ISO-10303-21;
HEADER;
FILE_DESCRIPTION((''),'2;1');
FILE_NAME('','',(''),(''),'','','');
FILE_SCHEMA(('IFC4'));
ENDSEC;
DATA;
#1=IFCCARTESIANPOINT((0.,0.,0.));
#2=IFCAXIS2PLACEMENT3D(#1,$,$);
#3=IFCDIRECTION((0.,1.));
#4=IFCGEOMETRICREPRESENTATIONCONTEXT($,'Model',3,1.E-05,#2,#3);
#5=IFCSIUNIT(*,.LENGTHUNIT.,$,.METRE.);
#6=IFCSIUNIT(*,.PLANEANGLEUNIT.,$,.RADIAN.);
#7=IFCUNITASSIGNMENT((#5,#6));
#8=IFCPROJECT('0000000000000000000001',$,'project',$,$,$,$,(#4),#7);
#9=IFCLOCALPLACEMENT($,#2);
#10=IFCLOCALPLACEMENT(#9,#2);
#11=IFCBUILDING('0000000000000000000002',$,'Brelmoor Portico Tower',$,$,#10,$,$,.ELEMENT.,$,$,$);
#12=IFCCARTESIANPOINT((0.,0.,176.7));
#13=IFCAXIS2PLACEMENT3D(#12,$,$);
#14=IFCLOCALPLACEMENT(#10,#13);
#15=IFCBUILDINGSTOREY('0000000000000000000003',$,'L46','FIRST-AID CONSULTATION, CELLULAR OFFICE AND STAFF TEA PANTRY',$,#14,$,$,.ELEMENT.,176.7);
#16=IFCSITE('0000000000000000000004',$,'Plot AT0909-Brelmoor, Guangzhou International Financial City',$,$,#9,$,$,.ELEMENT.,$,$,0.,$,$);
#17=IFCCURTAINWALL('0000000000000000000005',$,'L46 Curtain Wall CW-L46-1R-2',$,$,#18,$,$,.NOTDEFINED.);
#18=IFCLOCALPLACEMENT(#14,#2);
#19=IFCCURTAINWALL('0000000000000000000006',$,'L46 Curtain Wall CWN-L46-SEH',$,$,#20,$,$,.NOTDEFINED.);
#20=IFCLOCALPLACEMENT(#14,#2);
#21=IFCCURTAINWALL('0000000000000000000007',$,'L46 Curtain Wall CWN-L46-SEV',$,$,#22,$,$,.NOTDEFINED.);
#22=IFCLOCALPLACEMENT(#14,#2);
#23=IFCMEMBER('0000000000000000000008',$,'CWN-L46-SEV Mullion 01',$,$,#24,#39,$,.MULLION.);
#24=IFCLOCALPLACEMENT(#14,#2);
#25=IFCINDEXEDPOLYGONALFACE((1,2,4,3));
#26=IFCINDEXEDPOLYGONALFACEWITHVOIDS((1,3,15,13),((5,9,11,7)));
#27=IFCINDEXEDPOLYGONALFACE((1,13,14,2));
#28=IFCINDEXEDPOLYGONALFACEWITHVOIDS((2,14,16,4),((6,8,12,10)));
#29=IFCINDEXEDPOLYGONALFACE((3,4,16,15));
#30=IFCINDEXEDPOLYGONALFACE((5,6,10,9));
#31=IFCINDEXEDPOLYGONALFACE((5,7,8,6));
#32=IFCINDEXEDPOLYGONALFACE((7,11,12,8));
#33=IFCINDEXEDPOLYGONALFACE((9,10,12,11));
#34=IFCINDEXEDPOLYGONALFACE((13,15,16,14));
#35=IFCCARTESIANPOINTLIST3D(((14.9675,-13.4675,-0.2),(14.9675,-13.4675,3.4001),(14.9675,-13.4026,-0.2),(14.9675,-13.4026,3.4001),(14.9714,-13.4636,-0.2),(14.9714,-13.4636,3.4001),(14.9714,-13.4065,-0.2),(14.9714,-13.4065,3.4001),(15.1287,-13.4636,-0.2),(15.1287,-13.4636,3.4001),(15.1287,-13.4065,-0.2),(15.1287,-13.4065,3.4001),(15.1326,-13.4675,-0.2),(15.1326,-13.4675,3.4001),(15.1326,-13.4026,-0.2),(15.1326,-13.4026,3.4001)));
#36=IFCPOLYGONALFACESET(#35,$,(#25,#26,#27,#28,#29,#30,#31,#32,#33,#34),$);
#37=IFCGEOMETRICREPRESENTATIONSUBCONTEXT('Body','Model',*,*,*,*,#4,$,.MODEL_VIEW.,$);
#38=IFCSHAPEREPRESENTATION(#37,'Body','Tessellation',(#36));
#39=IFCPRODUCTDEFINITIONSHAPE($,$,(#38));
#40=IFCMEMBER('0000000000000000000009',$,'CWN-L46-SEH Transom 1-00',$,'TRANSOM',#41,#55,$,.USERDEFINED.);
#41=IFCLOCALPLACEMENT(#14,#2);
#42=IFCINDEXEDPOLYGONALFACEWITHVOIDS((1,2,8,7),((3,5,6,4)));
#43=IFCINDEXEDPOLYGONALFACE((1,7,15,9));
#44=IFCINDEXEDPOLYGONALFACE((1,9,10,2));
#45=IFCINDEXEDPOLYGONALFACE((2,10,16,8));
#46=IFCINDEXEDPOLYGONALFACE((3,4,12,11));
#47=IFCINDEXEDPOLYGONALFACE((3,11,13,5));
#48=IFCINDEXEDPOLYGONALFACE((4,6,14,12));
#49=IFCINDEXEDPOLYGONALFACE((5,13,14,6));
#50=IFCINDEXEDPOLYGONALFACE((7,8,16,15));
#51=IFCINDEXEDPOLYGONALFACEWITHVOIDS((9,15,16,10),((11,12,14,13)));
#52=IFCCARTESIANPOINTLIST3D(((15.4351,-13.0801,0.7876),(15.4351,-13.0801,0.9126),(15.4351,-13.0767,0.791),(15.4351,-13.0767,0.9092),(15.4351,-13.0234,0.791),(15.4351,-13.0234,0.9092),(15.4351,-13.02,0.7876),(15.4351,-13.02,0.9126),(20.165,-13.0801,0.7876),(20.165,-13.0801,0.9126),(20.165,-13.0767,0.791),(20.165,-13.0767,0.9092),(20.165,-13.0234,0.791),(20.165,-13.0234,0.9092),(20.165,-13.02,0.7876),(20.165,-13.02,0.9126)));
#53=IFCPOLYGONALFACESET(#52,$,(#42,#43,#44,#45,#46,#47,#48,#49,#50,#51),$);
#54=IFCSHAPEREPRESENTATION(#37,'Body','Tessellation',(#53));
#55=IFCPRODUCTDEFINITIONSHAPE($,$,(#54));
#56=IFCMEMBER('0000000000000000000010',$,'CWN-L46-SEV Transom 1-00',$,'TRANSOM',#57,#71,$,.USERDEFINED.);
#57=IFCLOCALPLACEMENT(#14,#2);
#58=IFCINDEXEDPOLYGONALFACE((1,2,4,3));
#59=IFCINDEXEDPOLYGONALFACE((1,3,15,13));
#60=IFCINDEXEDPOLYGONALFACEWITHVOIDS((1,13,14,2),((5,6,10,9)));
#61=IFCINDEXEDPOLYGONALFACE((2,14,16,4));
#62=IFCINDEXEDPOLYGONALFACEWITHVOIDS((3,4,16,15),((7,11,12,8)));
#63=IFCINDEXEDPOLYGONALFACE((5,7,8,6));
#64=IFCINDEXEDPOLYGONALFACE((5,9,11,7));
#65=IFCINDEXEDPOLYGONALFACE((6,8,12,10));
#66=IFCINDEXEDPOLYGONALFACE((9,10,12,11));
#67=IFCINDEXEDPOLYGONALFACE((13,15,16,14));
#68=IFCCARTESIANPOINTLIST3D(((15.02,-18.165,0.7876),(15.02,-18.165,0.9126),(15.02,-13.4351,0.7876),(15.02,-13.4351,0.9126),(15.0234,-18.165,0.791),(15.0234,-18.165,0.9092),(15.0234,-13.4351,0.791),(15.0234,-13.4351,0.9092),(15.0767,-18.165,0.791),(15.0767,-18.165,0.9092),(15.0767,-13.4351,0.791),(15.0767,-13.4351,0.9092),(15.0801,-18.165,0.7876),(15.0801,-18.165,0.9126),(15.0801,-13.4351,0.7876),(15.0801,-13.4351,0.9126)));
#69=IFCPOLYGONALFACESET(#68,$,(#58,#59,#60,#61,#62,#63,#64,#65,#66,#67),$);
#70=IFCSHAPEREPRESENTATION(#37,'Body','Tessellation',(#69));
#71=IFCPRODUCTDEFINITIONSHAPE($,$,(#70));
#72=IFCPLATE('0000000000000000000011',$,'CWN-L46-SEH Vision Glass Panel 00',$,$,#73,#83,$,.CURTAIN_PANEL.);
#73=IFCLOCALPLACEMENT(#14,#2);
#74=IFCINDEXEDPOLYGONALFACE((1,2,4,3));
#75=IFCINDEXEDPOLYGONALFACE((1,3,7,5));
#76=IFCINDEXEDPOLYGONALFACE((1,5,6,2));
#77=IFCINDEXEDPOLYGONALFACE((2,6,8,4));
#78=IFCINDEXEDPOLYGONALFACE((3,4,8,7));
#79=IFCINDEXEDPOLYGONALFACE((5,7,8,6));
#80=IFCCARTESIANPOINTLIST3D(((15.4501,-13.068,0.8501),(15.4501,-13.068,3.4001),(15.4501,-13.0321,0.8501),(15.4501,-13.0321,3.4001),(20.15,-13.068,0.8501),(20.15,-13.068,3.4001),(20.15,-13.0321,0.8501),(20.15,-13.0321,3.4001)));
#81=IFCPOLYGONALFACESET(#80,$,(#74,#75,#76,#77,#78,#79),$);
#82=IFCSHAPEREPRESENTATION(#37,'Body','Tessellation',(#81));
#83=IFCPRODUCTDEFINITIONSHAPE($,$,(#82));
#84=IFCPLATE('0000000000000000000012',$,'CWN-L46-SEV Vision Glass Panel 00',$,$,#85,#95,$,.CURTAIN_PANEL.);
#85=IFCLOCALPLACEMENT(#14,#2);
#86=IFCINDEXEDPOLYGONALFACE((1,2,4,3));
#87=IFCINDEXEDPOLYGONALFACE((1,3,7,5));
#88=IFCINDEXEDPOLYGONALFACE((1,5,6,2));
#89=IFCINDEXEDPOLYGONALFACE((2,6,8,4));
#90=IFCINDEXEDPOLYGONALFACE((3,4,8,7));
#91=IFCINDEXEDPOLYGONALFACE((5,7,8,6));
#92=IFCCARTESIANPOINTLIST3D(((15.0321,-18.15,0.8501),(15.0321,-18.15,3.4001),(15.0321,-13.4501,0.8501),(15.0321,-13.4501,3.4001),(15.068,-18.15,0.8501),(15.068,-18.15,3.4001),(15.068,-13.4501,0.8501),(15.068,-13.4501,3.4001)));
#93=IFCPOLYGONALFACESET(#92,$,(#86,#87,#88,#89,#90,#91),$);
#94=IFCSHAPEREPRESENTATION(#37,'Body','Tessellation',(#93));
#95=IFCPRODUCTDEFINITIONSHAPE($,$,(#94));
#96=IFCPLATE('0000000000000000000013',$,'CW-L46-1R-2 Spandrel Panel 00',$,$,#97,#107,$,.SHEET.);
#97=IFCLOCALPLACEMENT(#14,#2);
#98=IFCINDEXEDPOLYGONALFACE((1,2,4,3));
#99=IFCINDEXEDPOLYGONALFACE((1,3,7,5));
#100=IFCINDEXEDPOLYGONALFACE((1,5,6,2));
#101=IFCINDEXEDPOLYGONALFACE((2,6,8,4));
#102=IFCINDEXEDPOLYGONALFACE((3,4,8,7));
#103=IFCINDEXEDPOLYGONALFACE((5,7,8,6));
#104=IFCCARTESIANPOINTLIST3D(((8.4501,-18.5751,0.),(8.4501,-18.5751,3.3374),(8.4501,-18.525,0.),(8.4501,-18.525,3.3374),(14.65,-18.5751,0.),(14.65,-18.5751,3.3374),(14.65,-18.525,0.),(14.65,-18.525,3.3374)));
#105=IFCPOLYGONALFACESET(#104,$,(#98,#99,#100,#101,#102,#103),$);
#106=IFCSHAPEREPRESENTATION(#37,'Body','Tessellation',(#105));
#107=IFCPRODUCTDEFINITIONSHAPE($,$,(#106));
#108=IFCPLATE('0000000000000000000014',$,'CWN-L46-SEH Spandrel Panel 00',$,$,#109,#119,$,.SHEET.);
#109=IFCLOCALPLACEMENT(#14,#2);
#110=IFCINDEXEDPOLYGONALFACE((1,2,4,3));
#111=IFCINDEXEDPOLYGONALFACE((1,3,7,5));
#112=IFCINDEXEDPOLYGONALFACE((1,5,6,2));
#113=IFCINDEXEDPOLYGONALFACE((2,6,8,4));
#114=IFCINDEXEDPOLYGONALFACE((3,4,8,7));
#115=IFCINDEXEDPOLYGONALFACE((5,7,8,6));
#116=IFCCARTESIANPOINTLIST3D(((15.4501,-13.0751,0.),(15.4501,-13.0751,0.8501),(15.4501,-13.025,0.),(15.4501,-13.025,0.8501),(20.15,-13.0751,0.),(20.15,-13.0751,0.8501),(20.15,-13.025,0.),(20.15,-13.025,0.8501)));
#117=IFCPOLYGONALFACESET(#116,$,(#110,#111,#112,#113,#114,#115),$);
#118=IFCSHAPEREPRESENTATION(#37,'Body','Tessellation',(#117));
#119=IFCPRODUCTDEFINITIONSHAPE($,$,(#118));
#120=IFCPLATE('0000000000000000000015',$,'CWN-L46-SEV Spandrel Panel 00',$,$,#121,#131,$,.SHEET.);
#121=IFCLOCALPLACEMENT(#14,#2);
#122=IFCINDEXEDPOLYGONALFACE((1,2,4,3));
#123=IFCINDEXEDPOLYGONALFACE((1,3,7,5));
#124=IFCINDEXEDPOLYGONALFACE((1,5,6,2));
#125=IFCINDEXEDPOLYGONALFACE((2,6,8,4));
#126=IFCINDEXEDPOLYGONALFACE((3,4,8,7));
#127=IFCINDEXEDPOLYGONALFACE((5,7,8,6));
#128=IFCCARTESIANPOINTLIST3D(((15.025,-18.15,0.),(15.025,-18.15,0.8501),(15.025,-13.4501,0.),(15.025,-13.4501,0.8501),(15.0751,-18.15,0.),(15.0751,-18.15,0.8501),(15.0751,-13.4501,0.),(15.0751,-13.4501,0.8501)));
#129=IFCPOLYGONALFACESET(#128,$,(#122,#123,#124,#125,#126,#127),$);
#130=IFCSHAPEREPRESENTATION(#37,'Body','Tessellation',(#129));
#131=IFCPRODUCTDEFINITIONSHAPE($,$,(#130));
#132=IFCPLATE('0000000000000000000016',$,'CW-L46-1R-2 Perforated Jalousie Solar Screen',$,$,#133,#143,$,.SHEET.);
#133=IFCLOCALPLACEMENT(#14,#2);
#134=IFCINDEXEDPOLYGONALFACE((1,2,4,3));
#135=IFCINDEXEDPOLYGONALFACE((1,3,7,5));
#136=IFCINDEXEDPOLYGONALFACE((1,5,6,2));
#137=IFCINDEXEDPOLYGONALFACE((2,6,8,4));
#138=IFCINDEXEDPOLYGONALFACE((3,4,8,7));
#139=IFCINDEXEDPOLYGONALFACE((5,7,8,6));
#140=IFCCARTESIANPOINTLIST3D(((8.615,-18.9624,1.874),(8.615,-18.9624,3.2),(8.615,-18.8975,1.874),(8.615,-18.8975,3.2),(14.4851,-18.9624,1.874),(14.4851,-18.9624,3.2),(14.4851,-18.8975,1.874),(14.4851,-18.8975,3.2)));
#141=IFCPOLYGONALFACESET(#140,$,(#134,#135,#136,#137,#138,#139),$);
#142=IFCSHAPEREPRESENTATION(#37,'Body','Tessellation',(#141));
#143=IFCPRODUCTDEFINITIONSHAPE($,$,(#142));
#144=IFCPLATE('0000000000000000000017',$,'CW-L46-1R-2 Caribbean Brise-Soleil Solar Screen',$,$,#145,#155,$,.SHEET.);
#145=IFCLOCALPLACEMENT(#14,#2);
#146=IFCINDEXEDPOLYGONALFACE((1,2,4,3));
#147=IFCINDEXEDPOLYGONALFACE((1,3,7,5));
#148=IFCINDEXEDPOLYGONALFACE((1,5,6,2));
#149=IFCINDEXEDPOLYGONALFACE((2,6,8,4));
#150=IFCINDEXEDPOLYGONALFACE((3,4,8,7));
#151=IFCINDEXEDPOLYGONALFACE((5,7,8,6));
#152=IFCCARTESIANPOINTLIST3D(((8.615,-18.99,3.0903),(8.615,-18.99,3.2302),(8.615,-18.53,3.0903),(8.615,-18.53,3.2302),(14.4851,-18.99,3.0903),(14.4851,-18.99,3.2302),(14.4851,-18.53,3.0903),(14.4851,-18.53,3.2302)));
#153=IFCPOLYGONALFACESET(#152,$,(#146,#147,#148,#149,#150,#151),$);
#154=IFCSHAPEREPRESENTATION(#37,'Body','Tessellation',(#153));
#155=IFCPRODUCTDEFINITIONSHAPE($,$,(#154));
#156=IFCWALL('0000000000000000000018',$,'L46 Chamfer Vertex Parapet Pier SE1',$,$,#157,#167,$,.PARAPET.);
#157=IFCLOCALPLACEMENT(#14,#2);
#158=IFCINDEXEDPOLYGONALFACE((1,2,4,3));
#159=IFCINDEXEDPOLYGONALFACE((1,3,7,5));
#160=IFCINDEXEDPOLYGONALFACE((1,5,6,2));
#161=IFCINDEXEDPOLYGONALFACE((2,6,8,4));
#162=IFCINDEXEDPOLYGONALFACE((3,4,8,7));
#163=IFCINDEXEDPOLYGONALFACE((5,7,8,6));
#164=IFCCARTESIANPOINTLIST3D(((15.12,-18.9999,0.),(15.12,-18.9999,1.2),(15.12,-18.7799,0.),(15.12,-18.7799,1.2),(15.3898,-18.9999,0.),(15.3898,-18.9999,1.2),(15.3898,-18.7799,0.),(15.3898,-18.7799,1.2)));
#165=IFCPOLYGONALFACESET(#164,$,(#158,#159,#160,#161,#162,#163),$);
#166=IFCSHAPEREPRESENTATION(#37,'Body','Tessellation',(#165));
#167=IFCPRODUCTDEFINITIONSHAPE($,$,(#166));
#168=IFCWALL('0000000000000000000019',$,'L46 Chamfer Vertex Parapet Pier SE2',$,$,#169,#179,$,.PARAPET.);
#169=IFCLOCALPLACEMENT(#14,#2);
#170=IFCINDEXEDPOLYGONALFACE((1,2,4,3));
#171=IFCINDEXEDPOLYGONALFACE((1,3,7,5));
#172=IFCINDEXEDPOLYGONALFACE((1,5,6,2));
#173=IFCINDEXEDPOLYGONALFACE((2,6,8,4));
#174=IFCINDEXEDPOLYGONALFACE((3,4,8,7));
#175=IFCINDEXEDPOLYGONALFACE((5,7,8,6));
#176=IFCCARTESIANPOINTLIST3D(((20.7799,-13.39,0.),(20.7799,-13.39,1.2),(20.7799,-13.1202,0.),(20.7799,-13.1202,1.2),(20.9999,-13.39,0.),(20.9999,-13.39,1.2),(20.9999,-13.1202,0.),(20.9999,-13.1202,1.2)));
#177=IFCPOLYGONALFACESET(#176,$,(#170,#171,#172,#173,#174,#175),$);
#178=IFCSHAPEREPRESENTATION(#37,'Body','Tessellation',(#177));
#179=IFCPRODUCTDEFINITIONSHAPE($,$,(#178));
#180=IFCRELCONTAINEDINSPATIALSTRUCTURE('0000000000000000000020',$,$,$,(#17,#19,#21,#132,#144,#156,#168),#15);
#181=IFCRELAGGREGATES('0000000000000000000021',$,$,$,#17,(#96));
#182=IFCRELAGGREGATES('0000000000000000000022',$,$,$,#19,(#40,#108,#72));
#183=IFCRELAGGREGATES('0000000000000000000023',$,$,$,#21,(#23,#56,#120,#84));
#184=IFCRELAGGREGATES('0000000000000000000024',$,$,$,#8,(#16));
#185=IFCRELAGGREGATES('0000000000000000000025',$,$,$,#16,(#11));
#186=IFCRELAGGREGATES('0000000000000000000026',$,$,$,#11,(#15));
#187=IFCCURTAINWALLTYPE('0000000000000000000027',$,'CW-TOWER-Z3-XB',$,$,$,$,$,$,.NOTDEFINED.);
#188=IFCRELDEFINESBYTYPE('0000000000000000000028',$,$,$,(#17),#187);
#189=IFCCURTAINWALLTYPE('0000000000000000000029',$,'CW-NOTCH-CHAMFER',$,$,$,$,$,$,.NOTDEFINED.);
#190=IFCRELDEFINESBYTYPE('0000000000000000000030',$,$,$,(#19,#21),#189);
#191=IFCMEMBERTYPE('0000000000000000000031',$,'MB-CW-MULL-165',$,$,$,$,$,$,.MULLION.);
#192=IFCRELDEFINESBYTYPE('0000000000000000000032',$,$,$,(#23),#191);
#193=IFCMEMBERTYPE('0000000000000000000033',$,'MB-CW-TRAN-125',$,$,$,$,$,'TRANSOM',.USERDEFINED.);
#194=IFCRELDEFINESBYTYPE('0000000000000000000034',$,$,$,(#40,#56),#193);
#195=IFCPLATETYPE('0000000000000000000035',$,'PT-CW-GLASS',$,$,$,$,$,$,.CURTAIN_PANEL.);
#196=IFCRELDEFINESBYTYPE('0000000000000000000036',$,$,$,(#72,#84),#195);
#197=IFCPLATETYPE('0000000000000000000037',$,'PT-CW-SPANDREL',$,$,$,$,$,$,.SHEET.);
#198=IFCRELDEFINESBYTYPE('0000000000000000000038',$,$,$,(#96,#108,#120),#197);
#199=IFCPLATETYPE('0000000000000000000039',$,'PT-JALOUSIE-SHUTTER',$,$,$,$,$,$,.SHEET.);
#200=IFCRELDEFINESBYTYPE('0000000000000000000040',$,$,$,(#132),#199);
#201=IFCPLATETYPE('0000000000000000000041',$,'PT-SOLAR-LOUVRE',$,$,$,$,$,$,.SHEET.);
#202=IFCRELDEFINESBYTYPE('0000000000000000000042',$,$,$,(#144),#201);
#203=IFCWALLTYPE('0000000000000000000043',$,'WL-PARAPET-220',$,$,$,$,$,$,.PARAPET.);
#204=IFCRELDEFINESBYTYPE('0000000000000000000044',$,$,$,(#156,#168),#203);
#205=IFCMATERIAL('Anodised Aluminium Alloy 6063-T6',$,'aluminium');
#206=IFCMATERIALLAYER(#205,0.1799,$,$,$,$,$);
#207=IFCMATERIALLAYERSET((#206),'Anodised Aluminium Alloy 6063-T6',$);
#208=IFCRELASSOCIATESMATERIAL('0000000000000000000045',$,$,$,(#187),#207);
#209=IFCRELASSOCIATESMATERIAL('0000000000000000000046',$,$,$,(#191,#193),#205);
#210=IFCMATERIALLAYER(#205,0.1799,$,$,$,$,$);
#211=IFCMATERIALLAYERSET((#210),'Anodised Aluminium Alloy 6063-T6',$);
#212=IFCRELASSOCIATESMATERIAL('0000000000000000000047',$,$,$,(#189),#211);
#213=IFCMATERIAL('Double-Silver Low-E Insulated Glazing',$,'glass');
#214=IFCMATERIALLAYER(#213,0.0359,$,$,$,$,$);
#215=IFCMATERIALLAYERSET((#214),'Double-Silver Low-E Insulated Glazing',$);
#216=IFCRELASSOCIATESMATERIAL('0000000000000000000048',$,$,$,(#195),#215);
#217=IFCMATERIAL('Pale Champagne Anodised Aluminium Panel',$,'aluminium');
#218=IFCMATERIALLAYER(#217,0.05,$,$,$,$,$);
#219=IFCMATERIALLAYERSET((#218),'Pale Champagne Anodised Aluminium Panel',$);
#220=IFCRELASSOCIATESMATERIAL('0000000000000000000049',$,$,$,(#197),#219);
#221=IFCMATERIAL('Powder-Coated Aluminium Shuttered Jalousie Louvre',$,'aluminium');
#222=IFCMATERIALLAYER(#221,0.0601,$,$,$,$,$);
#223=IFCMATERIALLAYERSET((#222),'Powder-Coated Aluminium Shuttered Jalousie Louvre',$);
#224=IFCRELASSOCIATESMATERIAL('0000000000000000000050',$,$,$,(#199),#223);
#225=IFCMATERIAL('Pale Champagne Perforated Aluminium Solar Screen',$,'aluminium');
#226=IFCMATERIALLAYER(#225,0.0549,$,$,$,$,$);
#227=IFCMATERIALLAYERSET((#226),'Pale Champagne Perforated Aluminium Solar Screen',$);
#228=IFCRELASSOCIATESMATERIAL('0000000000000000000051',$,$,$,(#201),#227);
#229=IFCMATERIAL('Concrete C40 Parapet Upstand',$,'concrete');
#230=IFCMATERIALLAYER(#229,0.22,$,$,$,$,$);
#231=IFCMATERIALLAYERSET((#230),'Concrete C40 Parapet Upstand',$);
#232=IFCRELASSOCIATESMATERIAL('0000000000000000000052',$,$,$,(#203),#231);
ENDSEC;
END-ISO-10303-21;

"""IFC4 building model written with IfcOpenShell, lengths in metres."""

from ifc_helpers import new_model, si_unit, direction, frame, frame_2d, origin, origin_2d, place, context, subcontext, project, spatial, rectangle, hollow_rectangle, extrude, material, layer, layer_set, material_profile, profile_set, type_object, element, aggregate, save


model = new_model("IFC4")

# Units and contexts
model_context = context("Model", 3, precision=1e-05, world=origin(), true_north=direction((0.0, 1.0)))
body_context = subcontext(model_context, "Body", "Model", "MODEL_VIEW")
ifc_project = project(units=[si_unit("LENGTHUNIT", "METRE"), si_unit("PLANEANGLEUNIT", "RADIAN")], contexts=[model_context])

# Site, building, storey
site_placement = place(None, origin())
site = spatial("IfcSite", under=ifc_project, at=site_placement, Name="Plot AT0909-Brelmoor, Guangzhou International Financial City", CompositionType="ELEMENT", RefElevation=0.0)
building_placement = place(site_placement, origin())
building = spatial("IfcBuilding", under=site, at=building_placement, Name="Brelmoor Portico Tower", CompositionType="ELEMENT")
storey_placement = place(building_placement, frame((0.0, 0.0, 176.7)))
storey = spatial("IfcBuildingStorey", under=building, at=storey_placement, Name="L46", Description="FIRST-AID CONSULTATION, CELLULAR OFFICE AND STAFF TEA PANTRY", CompositionType="ELEMENT", Elevation=176.7)

# Curtain wall
ifc_material_1 = material(Name="Anodised Aluminium Alloy 6063-T6", Category="aluminium")
ifc_layer_1 = layer(ifc_material_1, 0.1799)
ifc_layer_set_1 = layer_set([ifc_layer_1], Name="Anodised Aluminium Alloy 6063-T6")
curtain_wall_type_1 = type_object("IfcCurtainWallType", Name="CW-TOWER-Z3-XB", PredefinedType="NOTDEFINED", material=ifc_layer_set_1)
curtain_wall_1_placement = place(storey_placement, origin())
curtain_wall_1 = element("IfcCurtainWall", 1, at=curtain_wall_1_placement, inside=storey, type_object=curtain_wall_type_1, Name="L46 Curtain Wall CW-L46-1R-2", PredefinedType="NOTDEFINED")
ifc_material_profile_1 = material_profile(ifc_material_1, hollow_rectangle(XDim=0.0649, YDim=0.165, WallThickness=0.0039, at=origin_2d()), Name="ALU MULLION 65x165")
ifc_profile_set_1 = profile_set([ifc_material_profile_1], Name="Anodised Aluminium Alloy 6063-T6")
member_type_1 = type_object("IfcMemberType", Name="MB-CW-MULL-165", PredefinedType="MULLION", material=ifc_profile_set_1)

# Curtain walls, member
ifc_layer_2 = layer(ifc_material_1, 0.1799)
ifc_layer_set_2 = layer_set([ifc_layer_2], Name="Anodised Aluminium Alloy 6063-T6")
curtain_wall_type_2 = type_object("IfcCurtainWallType", Name="CW-NOTCH-CHAMFER", PredefinedType="NOTDEFINED", material=ifc_layer_set_2)
curtain_wall_2_placement = place(storey_placement, origin())
curtain_wall_2 = element("IfcCurtainWall", 2, at=curtain_wall_2_placement, inside=storey, type_object=curtain_wall_type_2, Name="L46 Curtain Wall CWN-L46-SEH", PredefinedType="NOTDEFINED")
curtain_wall_3_placement = place(storey_placement, origin())
curtain_wall_3 = element("IfcCurtainWall", 3, at=curtain_wall_3_placement, inside=storey, type_object=curtain_wall_type_2, Name="L46 Curtain Wall CWN-L46-SEV", PredefinedType="NOTDEFINED")
member_1_placement = place(storey_placement, frame((15.05, -13.4351, -0.2), z_axis=(0.0, 0.0, 1.0), x_axis=(0.0, 1.0, 0.0)))
member_1 = element("IfcMember", 4, at=member_1_placement, type_object=member_type_1, Name="CWN-L46-SEV Mullion 01", PredefinedType="MULLION", context=body_context, shape_type="SweptSolid", body=[
    extrude(hollow_rectangle(XDim=0.0649, YDim=0.165, WallThickness=0.0039, at=origin_2d()), origin(), (0.0, 0.0, 1.0), 3.6001),
])

# Members
ifc_material_profile_2 = material_profile(ifc_material_1, hollow_rectangle(XDim=0.0601, YDim=0.125, WallThickness=0.0034, at=origin_2d()), Name="ALU TRANSOM 60x125")
ifc_profile_set_2 = profile_set([ifc_material_profile_2], Name="Anodised Aluminium Alloy 6063-T6")
member_type_2 = type_object("IfcMemberType", Name="MB-CW-TRAN-125", ElementType="TRANSOM", PredefinedType="USERDEFINED", material=ifc_profile_set_2)
member_2_placement = place(storey_placement, frame((15.4351, -13.05, 0.8501), z_axis=(1.0, 0.0, 0.0), x_axis=(0.0, 1.0, 0.0)))
member_2 = element("IfcMember", 5, at=member_2_placement, type_object=member_type_2, Name="CWN-L46-SEH Transom 1-00", ObjectType="TRANSOM", PredefinedType="USERDEFINED", context=body_context, shape_type="SweptSolid", body=[
    extrude(hollow_rectangle(XDim=0.0601, YDim=0.125, WallThickness=0.0034, at=origin_2d()), origin(), (0.0, 0.0, 1.0), 4.73),
])
member_3_placement = place(storey_placement, frame((15.05, -18.165, 0.8501), z_axis=(0.0, 1.0, 0.0), x_axis=(-1.0, 0.0, 0.0)))
member_3 = element("IfcMember", 6, at=member_3_placement, type_object=member_type_2, Name="CWN-L46-SEV Transom 1-00", ObjectType="TRANSOM", PredefinedType="USERDEFINED", context=body_context, shape_type="SweptSolid", body=[
    extrude(hollow_rectangle(XDim=0.0601, YDim=0.125, WallThickness=0.0034, at=origin_2d()), origin(), (0.0, 0.0, 1.0), 4.73),
])

# Plates
ifc_material_2 = material(Name="Double-Silver Low-E Insulated Glazing", Category="glass")
ifc_layer_3 = layer(ifc_material_2, 0.0359)
ifc_layer_set_3 = layer_set([ifc_layer_3], Name="Double-Silver Low-E Insulated Glazing")
plate_type_1 = type_object("IfcPlateType", Name="PT-CW-GLASS", PredefinedType="CURTAIN_PANEL", material=ifc_layer_set_3)
plate_1_placement = place(storey_placement, frame((17.8, -13.05, 0.8501), z_axis=(0.0, 0.0, 1.0), x_axis=(1.0, 0.0, 0.0)))
plate_1 = element("IfcPlate", 7, at=plate_1_placement, type_object=plate_type_1, Name="CWN-L46-SEH Vision Glass Panel 00", PredefinedType="CURTAIN_PANEL", context=body_context, shape_type="SweptSolid", body=[
    extrude(rectangle(XDim=4.7, YDim=0.0359, at=origin_2d()), origin(), (0.0, 0.0, 1.0), 2.55),
])
plate_2_placement = place(storey_placement, frame((15.05, -15.8, 0.8501), z_axis=(0.0, 0.0, 1.0), x_axis=(0.0, 1.0, 0.0)))
plate_2 = element("IfcPlate", 8, at=plate_2_placement, type_object=plate_type_1, Name="CWN-L46-SEV Vision Glass Panel 00", PredefinedType="CURTAIN_PANEL", context=body_context, shape_type="SweptSolid", body=[
    extrude(rectangle(XDim=4.7, YDim=0.0359, at=origin_2d()), origin(), (0.0, 0.0, 1.0), 2.55),
])
ifc_material_3 = material(Name="Pale Champagne Anodised Aluminium Panel", Category="aluminium")
ifc_layer_4 = layer(ifc_material_3, 0.05)
ifc_layer_set_4 = layer_set([ifc_layer_4], Name="Pale Champagne Anodised Aluminium Panel")
plate_type_2 = type_object("IfcPlateType", Name="PT-CW-SPANDREL", PredefinedType="SHEET", material=ifc_layer_set_4)
plate_3_placement = place(storey_placement, frame((11.55, -18.55, 0.0), z_axis=(0.0, 0.0, 1.0), x_axis=(1.0, 0.0, 0.0)))
plate_3 = element("IfcPlate", 9, at=plate_3_placement, type_object=plate_type_2, Name="CW-L46-1R-2 Spandrel Panel 00", PredefinedType="SHEET", context=body_context, shape_type="SweptSolid", body=[
    extrude(rectangle(XDim=6.2, YDim=0.05, at=origin_2d()), origin(), (0.0, 0.0, 1.0), 3.3374),
])
aggregate(curtain_wall_1, [plate_3])
plate_4_placement = place(storey_placement, frame((17.8, -13.05, 0.0), z_axis=(0.0, 0.0, 1.0), x_axis=(1.0, 0.0, 0.0)))
plate_4 = element("IfcPlate", 10, at=plate_4_placement, type_object=plate_type_2, Name="CWN-L46-SEH Spandrel Panel 00", PredefinedType="SHEET", context=body_context, shape_type="SweptSolid", body=[
    extrude(rectangle(XDim=4.7, YDim=0.05, at=origin_2d()), origin(), (0.0, 0.0, 1.0), 0.8501),
])
aggregate(curtain_wall_2, [member_2, plate_4, plate_1])
plate_5_placement = place(storey_placement, frame((15.05, -15.8, 0.0), z_axis=(0.0, 0.0, 1.0), x_axis=(0.0, 1.0, 0.0)))
plate_5 = element("IfcPlate", 11, at=plate_5_placement, type_object=plate_type_2, Name="CWN-L46-SEV Spandrel Panel 00", PredefinedType="SHEET", context=body_context, shape_type="SweptSolid", body=[
    extrude(rectangle(XDim=4.7, YDim=0.05, at=origin_2d()), origin(), (0.0, 0.0, 1.0), 0.8501),
])
aggregate(curtain_wall_3, [member_1, member_3, plate_5, plate_2])

# Plates
ifc_material_4 = material(Name="Powder-Coated Aluminium Shuttered Jalousie Louvre", Category="aluminium")
ifc_layer_5 = layer(ifc_material_4, 0.0601)
ifc_layer_set_5 = layer_set([ifc_layer_5], Name="Powder-Coated Aluminium Shuttered Jalousie Louvre")
plate_type_3 = type_object("IfcPlateType", Name="PT-JALOUSIE-SHUTTER", PredefinedType="SHEET", material=ifc_layer_set_5)
plate_6_placement = place(storey_placement, frame((11.55, -18.9299, 1.874), z_axis=(0.0, 0.0, 1.0), x_axis=(1.0, 0.0, 0.0)))
element("IfcPlate", 12, at=plate_6_placement, inside=storey, type_object=plate_type_3, Name="CW-L46-1R-2 Perforated Jalousie Solar Screen", PredefinedType="SHEET", context=body_context, shape_type="SweptSolid", body=[
    extrude(rectangle(XDim=5.8701, YDim=0.0649, at=origin_2d()), origin(), (0.0, 0.0, 1.0), 1.3259),
])
ifc_material_5 = material(Name="Pale Champagne Perforated Aluminium Solar Screen", Category="aluminium")
ifc_layer_6 = layer(ifc_material_5, 0.0549)
ifc_layer_set_6 = layer_set([ifc_layer_6], Name="Pale Champagne Perforated Aluminium Solar Screen")
plate_type_4 = type_object("IfcPlateType", Name="PT-SOLAR-LOUVRE", PredefinedType="SHEET", material=ifc_layer_set_6)
plate_7_placement = place(storey_placement, frame((11.55, -18.76, 3.0903), z_axis=(0.0, 0.0, 1.0), x_axis=(1.0, 0.0, 0.0)))
element("IfcPlate", 13, at=plate_7_placement, inside=storey, type_object=plate_type_4, Name="CW-L46-1R-2 Caribbean Brise-Soleil Solar Screen", PredefinedType="SHEET", context=body_context, shape_type="SweptSolid", body=[
    extrude(rectangle(XDim=5.8701, YDim=0.46, at=origin_2d()), origin(), (0.0, 0.0, 1.0), 0.1399),
])

# Walls
ifc_material_6 = material(Name="Concrete C40 Parapet Upstand", Category="concrete")
ifc_layer_7 = layer(ifc_material_6, 0.22)
ifc_layer_set_7 = layer_set([ifc_layer_7], Name="Concrete C40 Parapet Upstand")
wall_type = type_object("IfcWallType", Name="WL-PARAPET-220", PredefinedType="PARAPET", material=ifc_layer_set_7)
for number, where, z_axis, x_axis, name in (
    (14, (15.1201, -18.8899, 0.0), (0.0, 0.0, 1.0), (1.0, 0.0, 0.0), "L46 Chamfer Vertex Parapet Pier SE1"),
    (15, (20.8899, -13.3899, 0.0), (0.0, 0.0, 1.0), (0.0, 1.0, 0.0), "L46 Chamfer Vertex Parapet Pier SE2"),
):
    element("IfcWall", number, at=place(storey_placement, frame(where, z_axis=z_axis, x_axis=x_axis)), inside=storey, type_object=wall_type, Name=name, PredefinedType="PARAPET", context=body_context, shape_type="SweptSolid", body=[
        extrude(rectangle(XDim=0.2698, YDim=0.22, at=frame_2d((0.1348, 0.0))), origin(), (0.0, 0.0, 1.0), 1.2),
    ])

save(model, "model.ifc")
